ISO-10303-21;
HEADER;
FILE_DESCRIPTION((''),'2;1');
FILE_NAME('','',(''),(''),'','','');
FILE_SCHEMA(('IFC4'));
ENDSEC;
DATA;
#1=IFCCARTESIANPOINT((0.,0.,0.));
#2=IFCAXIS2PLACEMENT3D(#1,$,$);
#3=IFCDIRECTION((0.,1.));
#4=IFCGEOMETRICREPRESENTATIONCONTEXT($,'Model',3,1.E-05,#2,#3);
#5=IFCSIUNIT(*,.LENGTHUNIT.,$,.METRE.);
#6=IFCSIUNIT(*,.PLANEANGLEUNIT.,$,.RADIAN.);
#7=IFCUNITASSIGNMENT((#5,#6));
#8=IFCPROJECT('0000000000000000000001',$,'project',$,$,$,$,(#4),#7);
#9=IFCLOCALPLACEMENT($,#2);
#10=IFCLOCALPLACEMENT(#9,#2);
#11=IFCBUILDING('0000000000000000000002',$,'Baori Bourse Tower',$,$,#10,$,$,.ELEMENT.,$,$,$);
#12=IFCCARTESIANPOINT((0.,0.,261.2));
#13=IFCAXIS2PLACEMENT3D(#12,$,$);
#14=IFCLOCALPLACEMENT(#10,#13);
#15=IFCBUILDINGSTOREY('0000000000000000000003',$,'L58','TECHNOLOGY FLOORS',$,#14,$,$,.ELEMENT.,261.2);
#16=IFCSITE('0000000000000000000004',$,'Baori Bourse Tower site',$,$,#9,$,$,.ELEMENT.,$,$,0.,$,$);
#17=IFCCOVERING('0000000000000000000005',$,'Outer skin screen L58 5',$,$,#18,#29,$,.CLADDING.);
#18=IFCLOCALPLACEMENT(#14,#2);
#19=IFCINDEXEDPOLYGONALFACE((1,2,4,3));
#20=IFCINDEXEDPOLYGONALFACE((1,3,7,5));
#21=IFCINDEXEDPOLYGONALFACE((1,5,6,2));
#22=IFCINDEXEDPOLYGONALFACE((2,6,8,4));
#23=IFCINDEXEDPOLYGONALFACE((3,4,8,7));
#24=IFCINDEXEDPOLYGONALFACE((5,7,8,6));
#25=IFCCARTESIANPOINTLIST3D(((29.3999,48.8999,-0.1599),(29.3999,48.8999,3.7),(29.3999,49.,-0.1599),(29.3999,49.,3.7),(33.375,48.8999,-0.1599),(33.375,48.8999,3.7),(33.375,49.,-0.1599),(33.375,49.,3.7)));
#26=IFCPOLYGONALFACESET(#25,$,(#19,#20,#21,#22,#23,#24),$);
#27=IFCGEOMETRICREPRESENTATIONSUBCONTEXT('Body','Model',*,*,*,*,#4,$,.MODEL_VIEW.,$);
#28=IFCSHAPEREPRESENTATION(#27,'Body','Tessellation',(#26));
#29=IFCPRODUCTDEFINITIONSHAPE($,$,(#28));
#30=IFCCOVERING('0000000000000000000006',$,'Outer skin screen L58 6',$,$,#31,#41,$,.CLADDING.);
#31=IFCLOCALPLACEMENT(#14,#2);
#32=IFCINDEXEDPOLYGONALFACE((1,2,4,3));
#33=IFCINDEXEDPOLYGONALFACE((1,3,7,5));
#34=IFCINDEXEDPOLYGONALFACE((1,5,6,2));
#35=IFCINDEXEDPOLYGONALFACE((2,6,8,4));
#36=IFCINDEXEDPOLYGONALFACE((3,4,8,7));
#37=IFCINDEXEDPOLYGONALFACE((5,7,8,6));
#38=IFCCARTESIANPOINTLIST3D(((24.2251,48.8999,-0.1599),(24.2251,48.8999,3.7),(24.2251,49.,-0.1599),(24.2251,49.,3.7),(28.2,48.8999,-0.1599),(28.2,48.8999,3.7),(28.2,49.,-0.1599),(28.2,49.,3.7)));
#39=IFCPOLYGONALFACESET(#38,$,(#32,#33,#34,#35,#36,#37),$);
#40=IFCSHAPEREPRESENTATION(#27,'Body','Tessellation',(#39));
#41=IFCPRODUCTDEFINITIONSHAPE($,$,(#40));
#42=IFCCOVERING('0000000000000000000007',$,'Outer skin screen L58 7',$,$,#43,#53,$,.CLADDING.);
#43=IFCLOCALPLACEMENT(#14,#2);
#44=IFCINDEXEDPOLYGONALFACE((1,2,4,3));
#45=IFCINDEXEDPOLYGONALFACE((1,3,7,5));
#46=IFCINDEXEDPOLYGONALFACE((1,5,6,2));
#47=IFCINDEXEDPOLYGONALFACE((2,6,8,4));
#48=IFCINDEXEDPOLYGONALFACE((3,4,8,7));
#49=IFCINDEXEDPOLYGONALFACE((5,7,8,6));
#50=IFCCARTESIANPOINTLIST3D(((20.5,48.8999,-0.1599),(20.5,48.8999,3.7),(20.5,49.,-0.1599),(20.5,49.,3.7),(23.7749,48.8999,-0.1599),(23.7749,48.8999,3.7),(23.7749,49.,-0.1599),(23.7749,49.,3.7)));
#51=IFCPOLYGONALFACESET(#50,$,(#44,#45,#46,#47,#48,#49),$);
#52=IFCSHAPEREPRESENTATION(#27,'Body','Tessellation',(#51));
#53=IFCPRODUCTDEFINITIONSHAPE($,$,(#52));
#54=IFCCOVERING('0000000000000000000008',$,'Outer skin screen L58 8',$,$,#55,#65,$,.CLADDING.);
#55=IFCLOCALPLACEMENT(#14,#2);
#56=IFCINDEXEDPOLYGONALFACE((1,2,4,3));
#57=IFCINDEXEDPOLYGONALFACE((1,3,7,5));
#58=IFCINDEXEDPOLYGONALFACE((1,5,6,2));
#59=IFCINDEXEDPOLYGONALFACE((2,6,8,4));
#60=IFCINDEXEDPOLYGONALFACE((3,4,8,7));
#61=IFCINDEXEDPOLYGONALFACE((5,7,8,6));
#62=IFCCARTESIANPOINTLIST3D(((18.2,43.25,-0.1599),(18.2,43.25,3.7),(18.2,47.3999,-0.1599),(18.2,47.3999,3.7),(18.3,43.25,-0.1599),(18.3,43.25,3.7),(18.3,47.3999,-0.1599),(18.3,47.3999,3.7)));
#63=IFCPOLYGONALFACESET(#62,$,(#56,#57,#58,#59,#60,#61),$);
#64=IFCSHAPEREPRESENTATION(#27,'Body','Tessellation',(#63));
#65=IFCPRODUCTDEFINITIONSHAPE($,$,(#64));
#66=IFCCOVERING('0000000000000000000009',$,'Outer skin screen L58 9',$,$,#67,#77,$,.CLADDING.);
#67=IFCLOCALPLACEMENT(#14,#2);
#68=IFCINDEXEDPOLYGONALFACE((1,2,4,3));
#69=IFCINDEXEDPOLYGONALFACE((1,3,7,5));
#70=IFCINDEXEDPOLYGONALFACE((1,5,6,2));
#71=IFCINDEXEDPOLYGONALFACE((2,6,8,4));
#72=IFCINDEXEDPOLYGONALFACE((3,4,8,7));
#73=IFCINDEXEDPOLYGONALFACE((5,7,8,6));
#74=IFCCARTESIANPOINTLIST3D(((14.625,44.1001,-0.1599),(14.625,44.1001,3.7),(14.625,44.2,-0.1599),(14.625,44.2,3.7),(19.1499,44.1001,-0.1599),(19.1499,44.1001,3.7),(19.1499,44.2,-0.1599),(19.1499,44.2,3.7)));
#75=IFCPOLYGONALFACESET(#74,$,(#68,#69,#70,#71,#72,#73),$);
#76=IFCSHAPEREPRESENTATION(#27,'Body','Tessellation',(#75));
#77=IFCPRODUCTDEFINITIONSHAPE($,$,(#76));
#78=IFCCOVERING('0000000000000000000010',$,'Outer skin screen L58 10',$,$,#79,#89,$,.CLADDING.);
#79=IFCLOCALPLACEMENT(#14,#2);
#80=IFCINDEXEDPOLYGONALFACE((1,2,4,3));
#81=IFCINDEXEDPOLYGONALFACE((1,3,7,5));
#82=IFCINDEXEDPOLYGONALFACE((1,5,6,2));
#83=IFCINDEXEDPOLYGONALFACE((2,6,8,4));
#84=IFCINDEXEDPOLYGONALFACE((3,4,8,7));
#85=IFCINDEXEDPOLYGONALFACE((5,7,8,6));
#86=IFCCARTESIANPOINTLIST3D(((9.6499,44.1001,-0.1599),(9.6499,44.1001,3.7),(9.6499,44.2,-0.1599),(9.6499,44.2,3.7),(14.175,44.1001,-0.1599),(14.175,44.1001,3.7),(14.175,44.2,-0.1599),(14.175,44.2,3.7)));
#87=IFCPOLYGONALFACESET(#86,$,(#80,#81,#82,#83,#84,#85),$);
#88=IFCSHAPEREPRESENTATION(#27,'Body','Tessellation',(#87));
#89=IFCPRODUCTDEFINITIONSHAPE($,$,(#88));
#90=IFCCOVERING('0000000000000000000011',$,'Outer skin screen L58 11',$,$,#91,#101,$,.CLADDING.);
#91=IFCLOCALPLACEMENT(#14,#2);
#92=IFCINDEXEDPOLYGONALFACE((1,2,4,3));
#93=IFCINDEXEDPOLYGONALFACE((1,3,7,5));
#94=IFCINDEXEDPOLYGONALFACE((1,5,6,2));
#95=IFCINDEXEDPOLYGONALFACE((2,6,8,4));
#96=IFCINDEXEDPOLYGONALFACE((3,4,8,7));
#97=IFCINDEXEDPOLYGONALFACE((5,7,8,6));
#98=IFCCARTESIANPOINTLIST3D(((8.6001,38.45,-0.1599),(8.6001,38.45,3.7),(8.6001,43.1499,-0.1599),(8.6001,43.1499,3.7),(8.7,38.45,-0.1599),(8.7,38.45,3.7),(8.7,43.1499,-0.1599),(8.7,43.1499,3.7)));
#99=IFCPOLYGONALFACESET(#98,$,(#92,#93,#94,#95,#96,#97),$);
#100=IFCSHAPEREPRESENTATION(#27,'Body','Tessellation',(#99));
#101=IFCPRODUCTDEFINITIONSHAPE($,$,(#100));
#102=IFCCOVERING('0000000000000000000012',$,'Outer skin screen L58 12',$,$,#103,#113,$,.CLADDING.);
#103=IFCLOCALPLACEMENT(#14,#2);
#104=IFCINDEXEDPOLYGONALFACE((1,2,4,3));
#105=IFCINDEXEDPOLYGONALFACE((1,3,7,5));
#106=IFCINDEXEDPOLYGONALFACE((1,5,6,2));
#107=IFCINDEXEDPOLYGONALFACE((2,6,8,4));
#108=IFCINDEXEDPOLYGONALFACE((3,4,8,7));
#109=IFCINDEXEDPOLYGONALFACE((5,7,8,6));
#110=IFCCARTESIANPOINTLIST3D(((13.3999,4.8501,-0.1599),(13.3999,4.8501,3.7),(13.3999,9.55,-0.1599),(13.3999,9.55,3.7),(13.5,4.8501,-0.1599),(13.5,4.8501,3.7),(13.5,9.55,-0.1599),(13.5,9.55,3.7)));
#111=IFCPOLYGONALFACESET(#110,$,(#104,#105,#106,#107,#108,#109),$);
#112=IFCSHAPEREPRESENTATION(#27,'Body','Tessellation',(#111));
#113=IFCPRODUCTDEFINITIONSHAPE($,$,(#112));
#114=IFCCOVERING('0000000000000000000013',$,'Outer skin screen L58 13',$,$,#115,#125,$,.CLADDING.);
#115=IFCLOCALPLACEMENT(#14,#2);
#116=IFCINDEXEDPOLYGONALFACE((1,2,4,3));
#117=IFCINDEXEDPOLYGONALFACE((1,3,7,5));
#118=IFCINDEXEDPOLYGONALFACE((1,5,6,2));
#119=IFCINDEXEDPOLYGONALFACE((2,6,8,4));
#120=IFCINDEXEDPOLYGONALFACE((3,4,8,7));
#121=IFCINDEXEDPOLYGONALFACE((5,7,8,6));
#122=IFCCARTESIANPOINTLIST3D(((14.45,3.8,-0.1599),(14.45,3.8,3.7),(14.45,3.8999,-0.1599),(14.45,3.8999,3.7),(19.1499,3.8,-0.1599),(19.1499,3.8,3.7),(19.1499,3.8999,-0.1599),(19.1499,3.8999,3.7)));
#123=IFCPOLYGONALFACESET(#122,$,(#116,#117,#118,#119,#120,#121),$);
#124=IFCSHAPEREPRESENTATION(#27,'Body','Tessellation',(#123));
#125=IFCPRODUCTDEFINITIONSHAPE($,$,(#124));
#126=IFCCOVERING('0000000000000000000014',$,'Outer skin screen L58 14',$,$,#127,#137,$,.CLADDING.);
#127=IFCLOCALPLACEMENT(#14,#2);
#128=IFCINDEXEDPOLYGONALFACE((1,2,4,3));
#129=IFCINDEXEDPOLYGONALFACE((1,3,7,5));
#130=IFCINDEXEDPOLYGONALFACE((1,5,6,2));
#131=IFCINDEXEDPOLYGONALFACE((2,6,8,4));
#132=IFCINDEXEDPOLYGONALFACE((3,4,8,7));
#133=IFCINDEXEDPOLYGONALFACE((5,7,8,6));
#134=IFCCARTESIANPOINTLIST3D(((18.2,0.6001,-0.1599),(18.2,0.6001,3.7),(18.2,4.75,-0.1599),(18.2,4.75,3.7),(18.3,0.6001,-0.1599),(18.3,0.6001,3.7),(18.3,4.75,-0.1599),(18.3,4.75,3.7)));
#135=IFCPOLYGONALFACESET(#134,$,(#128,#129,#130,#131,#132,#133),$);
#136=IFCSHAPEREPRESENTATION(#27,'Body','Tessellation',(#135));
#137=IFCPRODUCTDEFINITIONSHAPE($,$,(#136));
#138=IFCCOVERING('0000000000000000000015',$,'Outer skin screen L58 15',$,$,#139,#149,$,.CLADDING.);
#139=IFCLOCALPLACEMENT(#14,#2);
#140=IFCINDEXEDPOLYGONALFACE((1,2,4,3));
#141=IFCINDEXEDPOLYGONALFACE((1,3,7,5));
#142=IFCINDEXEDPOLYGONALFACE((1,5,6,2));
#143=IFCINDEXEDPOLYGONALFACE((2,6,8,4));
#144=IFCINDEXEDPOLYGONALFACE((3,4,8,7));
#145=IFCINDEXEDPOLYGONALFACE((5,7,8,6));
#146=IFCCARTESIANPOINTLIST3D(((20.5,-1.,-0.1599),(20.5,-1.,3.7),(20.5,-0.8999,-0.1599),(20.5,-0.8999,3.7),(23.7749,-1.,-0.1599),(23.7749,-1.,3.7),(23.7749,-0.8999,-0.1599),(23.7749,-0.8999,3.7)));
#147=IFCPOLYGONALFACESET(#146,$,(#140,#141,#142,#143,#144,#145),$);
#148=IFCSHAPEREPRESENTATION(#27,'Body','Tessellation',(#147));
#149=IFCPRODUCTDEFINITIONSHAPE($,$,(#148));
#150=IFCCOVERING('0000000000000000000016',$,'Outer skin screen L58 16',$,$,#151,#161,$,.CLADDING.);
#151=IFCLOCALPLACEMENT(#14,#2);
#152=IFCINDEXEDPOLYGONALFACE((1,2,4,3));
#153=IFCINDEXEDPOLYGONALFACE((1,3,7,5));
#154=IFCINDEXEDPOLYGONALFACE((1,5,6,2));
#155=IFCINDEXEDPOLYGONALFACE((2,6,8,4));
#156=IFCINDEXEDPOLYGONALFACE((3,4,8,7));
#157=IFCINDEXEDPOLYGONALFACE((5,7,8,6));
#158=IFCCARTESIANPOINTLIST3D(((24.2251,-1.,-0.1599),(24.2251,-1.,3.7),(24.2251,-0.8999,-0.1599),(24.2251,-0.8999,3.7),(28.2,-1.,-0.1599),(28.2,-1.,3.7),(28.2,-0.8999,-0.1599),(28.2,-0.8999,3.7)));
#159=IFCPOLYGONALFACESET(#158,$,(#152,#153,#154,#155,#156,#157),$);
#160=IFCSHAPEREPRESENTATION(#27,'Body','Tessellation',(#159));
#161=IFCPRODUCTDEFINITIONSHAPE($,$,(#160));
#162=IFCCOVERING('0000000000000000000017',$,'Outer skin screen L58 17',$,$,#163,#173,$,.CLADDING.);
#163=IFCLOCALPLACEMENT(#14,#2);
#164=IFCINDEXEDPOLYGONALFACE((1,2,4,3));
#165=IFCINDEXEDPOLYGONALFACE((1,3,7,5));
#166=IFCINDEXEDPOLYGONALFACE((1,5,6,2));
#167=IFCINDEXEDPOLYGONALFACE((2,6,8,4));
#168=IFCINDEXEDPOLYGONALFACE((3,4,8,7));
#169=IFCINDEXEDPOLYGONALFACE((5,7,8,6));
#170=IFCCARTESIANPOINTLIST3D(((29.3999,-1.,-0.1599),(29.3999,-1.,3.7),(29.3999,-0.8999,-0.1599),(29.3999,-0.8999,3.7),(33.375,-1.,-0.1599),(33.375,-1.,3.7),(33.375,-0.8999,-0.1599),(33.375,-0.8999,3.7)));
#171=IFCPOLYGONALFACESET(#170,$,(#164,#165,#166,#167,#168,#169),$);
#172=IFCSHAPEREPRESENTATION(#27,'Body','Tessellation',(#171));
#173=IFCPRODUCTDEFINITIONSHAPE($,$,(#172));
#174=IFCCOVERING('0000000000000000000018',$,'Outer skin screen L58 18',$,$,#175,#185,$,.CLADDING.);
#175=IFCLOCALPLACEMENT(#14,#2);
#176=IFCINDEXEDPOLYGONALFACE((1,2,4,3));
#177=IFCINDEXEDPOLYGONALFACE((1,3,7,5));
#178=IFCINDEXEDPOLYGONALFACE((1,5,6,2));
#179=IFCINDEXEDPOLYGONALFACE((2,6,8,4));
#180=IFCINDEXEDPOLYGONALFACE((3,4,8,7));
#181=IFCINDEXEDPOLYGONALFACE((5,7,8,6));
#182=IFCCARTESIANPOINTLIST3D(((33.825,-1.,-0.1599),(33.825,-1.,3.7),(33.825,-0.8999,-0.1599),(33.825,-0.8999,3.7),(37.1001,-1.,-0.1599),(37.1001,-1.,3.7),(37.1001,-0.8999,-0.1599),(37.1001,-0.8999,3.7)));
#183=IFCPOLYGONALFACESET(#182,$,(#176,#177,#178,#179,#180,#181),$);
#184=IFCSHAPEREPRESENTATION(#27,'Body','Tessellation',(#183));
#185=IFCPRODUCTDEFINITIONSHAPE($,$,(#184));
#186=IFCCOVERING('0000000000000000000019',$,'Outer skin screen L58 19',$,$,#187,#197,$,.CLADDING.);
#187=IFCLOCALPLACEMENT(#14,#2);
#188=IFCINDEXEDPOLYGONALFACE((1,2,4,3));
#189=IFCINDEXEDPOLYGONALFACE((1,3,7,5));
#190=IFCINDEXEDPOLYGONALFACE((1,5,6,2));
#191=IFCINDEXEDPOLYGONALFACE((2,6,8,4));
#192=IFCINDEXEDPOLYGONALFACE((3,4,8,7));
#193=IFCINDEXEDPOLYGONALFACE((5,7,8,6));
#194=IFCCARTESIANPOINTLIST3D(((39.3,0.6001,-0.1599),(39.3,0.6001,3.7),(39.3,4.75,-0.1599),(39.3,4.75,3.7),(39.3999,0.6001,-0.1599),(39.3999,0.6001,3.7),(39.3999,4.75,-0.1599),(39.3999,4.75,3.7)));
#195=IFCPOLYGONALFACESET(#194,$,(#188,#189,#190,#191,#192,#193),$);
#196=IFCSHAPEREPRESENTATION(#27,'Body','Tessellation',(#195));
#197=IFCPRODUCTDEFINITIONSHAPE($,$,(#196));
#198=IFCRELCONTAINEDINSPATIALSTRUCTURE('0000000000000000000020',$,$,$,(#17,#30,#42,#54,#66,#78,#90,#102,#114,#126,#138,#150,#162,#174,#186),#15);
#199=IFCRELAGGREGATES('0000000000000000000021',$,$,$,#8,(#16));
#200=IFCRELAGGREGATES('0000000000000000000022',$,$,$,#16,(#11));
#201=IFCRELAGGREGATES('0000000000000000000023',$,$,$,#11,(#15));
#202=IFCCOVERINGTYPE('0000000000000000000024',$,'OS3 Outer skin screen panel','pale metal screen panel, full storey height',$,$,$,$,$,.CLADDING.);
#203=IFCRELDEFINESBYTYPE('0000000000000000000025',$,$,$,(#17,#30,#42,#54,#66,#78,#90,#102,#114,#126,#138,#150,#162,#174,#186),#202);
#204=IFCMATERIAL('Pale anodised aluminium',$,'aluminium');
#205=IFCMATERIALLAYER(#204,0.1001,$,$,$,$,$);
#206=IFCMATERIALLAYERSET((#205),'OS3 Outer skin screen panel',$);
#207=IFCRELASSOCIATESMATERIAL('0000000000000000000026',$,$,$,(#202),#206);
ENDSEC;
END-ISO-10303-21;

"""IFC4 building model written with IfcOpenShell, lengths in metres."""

from ifc_helpers import new_model, si_unit, direction, frame, origin, place, context, subcontext, project, spatial, polyline, outline, extrude, material, layer, layer_set, type_object, element, save


model = new_model("IFC4")

# Units and contexts
model_context = context("Model", 3, precision=1e-05, world=origin(), true_north=direction((0.0, 1.0)))
body_context = subcontext(model_context, "Body", "Model", "MODEL_VIEW")
ifc_project = project(units=[si_unit("LENGTHUNIT", "METRE"), si_unit("PLANEANGLEUNIT", "RADIAN")], contexts=[model_context])

# Site, building, storey
site_placement = place(None, origin())
site = spatial("IfcSite", under=ifc_project, at=site_placement, Name="Baori Bourse Tower site", CompositionType="ELEMENT", RefElevation=0.0)
building_placement = place(site_placement, origin())
building = spatial("IfcBuilding", under=site, at=building_placement, Name="Baori Bourse Tower", CompositionType="ELEMENT")
storey_placement = place(building_placement, frame((0.0, 0.0, 261.2)))
storey = spatial("IfcBuildingStorey", under=building, at=storey_placement, Name="L58", Description="TECHNOLOGY FLOORS", CompositionType="ELEMENT", Elevation=261.2)

# Coverings
ifc_material_1 = material(Name="Pale anodised aluminium", Category="aluminium")
ifc_layer_1 = layer(ifc_material_1, 0.1001)
ifc_layer_set_1 = layer_set([ifc_layer_1], Name="OS3 Outer skin screen panel")
covering_type = type_object("IfcCoveringType", Name="OS3 Outer skin screen panel", Description="pale metal screen panel, full storey height", PredefinedType="CLADDING", material=ifc_layer_set_1)
covering_1_placement = place(storey_placement, frame((0.0, 0.0, -0.1599)))
element("IfcCovering", 1, at=covering_1_placement, inside=storey, type_object=covering_type, Name="Outer skin screen L58 5", PredefinedType="CLADDING", context=body_context, shape_type="SweptSolid", body=[
    extrude(outline(polyline([(29.3999, 48.8999), (33.375, 48.8999), (33.375, 49.0), (29.3999, 49.0), (29.3999, 48.8999)])), origin(), (0.0, 0.0, 1.0), 3.8599),
])
covering_2_placement = place(storey_placement, frame((0.0, 0.0, -0.1599)))
element("IfcCovering", 2, at=covering_2_placement, inside=storey, type_object=covering_type, Name="Outer skin screen L58 6", PredefinedType="CLADDING", context=body_context, shape_type="SweptSolid", body=[
    extrude(outline(polyline([(24.2251, 48.8999), (28.2, 48.8999), (28.2, 49.0), (24.2251, 49.0), (24.2251, 48.8999)])), origin(), (0.0, 0.0, 1.0), 3.8599),
])
covering_3_placement = place(storey_placement, frame((0.0, 0.0, -0.1599)))
element("IfcCovering", 3, at=covering_3_placement, inside=storey, type_object=covering_type, Name="Outer skin screen L58 7", PredefinedType="CLADDING", context=body_context, shape_type="SweptSolid", body=[
    extrude(outline(polyline([(20.5, 48.8999), (23.7749, 48.8999), (23.7749, 49.0), (20.5, 49.0), (20.5, 48.8999)])), origin(), (0.0, 0.0, 1.0), 3.8599),
])
covering_4_placement = place(storey_placement, frame((0.0, 0.0, -0.1599)))
element("IfcCovering", 4, at=covering_4_placement, inside=storey, type_object=covering_type, Name="Outer skin screen L58 8", PredefinedType="CLADDING", context=body_context, shape_type="SweptSolid", body=[
    extrude(outline(polyline([(18.3, 43.25), (18.3, 47.3999), (18.2, 47.3999), (18.2, 43.25), (18.3, 43.25)])), origin(), (0.0, 0.0, 1.0), 3.8599),
])
covering_5_placement = place(storey_placement, frame((0.0, 0.0, -0.1599)))
element("IfcCovering", 5, at=covering_5_placement, inside=storey, type_object=covering_type, Name="Outer skin screen L58 9", PredefinedType="CLADDING", context=body_context, shape_type="SweptSolid", body=[
    extrude(outline(polyline([(14.625, 44.1001), (19.1499, 44.1001), (19.1499, 44.2), (14.625, 44.2), (14.625, 44.1001)])), origin(), (0.0, 0.0, 1.0), 3.8599),
])
covering_6_placement = place(storey_placement, frame((0.0, 0.0, -0.1599)))
element("IfcCovering", 6, at=covering_6_placement, inside=storey, type_object=covering_type, Name="Outer skin screen L58 10", PredefinedType="CLADDING", context=body_context, shape_type="SweptSolid", body=[
    extrude(outline(polyline([(9.6499, 44.1001), (14.175, 44.1001), (14.175, 44.2), (9.6499, 44.2), (9.6499, 44.1001)])), origin(), (0.0, 0.0, 1.0), 3.8599),
])
covering_7_placement = place(storey_placement, frame((0.0, 0.0, -0.1599)))
element("IfcCovering", 7, at=covering_7_placement, inside=storey, type_object=covering_type, Name="Outer skin screen L58 11", PredefinedType="CLADDING", context=body_context, shape_type="SweptSolid", body=[
    extrude(outline(polyline([(8.7, 38.45), (8.7, 43.1499), (8.6001, 43.1499), (8.6001, 38.45), (8.7, 38.45)])), origin(), (0.0, 0.0, 1.0), 3.8599),
])
covering_8_placement = place(storey_placement, frame((0.0, 0.0, -0.1599)))
element("IfcCovering", 8, at=covering_8_placement, inside=storey, type_object=covering_type, Name="Outer skin screen L58 12", PredefinedType="CLADDING", context=body_context, shape_type="SweptSolid", body=[
    extrude(outline(polyline([(13.5, 4.8501), (13.5, 9.55), (13.3999, 9.55), (13.3999, 4.8501), (13.5, 4.8501)])), origin(), (0.0, 0.0, 1.0), 3.8599),
])
covering_9_placement = place(storey_placement, frame((0.0, 0.0, -0.1599)))
element("IfcCovering", 9, at=covering_9_placement, inside=storey, type_object=covering_type, Name="Outer skin screen L58 13", PredefinedType="CLADDING", context=body_context, shape_type="SweptSolid", body=[
    extrude(outline(polyline([(19.1499, 3.8999), (14.45, 3.8999), (14.45, 3.8), (19.1499, 3.8), (19.1499, 3.8999)])), origin(), (0.0, 0.0, 1.0), 3.8599),
])
covering_10_placement = place(storey_placement, frame((0.0, 0.0, -0.1599)))
element("IfcCovering", 10, at=covering_10_placement, inside=storey, type_object=covering_type, Name="Outer skin screen L58 14", PredefinedType="CLADDING", context=body_context, shape_type="SweptSolid", body=[
    extrude(outline(polyline([(18.3, 0.6001), (18.3, 4.75), (18.2, 4.75), (18.2, 0.6001), (18.3, 0.6001)])), origin(), (0.0, 0.0, 1.0), 3.8599),
])
covering_11_placement = place(storey_placement, frame((0.0, 0.0, -0.1599)))
element("IfcCovering", 11, at=covering_11_placement, inside=storey, type_object=covering_type, Name="Outer skin screen L58 15", PredefinedType="CLADDING", context=body_context, shape_type="SweptSolid", body=[
    extrude(outline(polyline([(23.7749, -0.8999), (20.5, -0.8999), (20.5, -1.0), (23.7749, -1.0), (23.7749, -0.8999)])), origin(), (0.0, 0.0, 1.0), 3.8599),
])
covering_12_placement = place(storey_placement, frame((0.0, 0.0, -0.1599)))
element("IfcCovering", 12, at=covering_12_placement, inside=storey, type_object=covering_type, Name="Outer skin screen L58 16", PredefinedType="CLADDING", context=body_context, shape_type="SweptSolid", body=[
    extrude(outline(polyline([(28.2, -0.8999), (24.2251, -0.8999), (24.2251, -1.0), (28.2, -1.0), (28.2, -0.8999)])), origin(), (0.0, 0.0, 1.0), 3.8599),
])
covering_13_placement = place(storey_placement, frame((0.0, 0.0, -0.1599)))
element("IfcCovering", 13, at=covering_13_placement, inside=storey, type_object=covering_type, Name="Outer skin screen L58 17", PredefinedType="CLADDING", context=body_context, shape_type="SweptSolid", body=[
    extrude(outline(polyline([(33.375, -0.8999), (29.3999, -0.8999), (29.3999, -1.0), (33.375, -1.0), (33.375, -0.8999)])), origin(), (0.0, 0.0, 1.0), 3.8599),
])
covering_14_placement = place(storey_placement, frame((0.0, 0.0, -0.1599)))
element("IfcCovering", 14, at=covering_14_placement, inside=storey, type_object=covering_type, Name="Outer skin screen L58 18", PredefinedType="CLADDING", context=body_context, shape_type="SweptSolid", body=[
    extrude(outline(polyline([(37.1001, -0.8999), (33.825, -0.8999), (33.825, -1.0), (37.1001, -1.0), (37.1001, -0.8999)])), origin(), (0.0, 0.0, 1.0), 3.8599),
])
covering_15_placement = place(storey_placement, frame((0.0, 0.0, -0.1599)))
element("IfcCovering", 15, at=covering_15_placement, inside=storey, type_object=covering_type, Name="Outer skin screen L58 19", PredefinedType="CLADDING", context=body_context, shape_type="SweptSolid", body=[
    extrude(outline(polyline([(39.3, 4.75), (39.3, 0.6001), (39.3999, 0.6001), (39.3999, 4.75), (39.3, 4.75)])), origin(), (0.0, 0.0, 1.0), 3.8599),
])

save(model, "model.ifc")
